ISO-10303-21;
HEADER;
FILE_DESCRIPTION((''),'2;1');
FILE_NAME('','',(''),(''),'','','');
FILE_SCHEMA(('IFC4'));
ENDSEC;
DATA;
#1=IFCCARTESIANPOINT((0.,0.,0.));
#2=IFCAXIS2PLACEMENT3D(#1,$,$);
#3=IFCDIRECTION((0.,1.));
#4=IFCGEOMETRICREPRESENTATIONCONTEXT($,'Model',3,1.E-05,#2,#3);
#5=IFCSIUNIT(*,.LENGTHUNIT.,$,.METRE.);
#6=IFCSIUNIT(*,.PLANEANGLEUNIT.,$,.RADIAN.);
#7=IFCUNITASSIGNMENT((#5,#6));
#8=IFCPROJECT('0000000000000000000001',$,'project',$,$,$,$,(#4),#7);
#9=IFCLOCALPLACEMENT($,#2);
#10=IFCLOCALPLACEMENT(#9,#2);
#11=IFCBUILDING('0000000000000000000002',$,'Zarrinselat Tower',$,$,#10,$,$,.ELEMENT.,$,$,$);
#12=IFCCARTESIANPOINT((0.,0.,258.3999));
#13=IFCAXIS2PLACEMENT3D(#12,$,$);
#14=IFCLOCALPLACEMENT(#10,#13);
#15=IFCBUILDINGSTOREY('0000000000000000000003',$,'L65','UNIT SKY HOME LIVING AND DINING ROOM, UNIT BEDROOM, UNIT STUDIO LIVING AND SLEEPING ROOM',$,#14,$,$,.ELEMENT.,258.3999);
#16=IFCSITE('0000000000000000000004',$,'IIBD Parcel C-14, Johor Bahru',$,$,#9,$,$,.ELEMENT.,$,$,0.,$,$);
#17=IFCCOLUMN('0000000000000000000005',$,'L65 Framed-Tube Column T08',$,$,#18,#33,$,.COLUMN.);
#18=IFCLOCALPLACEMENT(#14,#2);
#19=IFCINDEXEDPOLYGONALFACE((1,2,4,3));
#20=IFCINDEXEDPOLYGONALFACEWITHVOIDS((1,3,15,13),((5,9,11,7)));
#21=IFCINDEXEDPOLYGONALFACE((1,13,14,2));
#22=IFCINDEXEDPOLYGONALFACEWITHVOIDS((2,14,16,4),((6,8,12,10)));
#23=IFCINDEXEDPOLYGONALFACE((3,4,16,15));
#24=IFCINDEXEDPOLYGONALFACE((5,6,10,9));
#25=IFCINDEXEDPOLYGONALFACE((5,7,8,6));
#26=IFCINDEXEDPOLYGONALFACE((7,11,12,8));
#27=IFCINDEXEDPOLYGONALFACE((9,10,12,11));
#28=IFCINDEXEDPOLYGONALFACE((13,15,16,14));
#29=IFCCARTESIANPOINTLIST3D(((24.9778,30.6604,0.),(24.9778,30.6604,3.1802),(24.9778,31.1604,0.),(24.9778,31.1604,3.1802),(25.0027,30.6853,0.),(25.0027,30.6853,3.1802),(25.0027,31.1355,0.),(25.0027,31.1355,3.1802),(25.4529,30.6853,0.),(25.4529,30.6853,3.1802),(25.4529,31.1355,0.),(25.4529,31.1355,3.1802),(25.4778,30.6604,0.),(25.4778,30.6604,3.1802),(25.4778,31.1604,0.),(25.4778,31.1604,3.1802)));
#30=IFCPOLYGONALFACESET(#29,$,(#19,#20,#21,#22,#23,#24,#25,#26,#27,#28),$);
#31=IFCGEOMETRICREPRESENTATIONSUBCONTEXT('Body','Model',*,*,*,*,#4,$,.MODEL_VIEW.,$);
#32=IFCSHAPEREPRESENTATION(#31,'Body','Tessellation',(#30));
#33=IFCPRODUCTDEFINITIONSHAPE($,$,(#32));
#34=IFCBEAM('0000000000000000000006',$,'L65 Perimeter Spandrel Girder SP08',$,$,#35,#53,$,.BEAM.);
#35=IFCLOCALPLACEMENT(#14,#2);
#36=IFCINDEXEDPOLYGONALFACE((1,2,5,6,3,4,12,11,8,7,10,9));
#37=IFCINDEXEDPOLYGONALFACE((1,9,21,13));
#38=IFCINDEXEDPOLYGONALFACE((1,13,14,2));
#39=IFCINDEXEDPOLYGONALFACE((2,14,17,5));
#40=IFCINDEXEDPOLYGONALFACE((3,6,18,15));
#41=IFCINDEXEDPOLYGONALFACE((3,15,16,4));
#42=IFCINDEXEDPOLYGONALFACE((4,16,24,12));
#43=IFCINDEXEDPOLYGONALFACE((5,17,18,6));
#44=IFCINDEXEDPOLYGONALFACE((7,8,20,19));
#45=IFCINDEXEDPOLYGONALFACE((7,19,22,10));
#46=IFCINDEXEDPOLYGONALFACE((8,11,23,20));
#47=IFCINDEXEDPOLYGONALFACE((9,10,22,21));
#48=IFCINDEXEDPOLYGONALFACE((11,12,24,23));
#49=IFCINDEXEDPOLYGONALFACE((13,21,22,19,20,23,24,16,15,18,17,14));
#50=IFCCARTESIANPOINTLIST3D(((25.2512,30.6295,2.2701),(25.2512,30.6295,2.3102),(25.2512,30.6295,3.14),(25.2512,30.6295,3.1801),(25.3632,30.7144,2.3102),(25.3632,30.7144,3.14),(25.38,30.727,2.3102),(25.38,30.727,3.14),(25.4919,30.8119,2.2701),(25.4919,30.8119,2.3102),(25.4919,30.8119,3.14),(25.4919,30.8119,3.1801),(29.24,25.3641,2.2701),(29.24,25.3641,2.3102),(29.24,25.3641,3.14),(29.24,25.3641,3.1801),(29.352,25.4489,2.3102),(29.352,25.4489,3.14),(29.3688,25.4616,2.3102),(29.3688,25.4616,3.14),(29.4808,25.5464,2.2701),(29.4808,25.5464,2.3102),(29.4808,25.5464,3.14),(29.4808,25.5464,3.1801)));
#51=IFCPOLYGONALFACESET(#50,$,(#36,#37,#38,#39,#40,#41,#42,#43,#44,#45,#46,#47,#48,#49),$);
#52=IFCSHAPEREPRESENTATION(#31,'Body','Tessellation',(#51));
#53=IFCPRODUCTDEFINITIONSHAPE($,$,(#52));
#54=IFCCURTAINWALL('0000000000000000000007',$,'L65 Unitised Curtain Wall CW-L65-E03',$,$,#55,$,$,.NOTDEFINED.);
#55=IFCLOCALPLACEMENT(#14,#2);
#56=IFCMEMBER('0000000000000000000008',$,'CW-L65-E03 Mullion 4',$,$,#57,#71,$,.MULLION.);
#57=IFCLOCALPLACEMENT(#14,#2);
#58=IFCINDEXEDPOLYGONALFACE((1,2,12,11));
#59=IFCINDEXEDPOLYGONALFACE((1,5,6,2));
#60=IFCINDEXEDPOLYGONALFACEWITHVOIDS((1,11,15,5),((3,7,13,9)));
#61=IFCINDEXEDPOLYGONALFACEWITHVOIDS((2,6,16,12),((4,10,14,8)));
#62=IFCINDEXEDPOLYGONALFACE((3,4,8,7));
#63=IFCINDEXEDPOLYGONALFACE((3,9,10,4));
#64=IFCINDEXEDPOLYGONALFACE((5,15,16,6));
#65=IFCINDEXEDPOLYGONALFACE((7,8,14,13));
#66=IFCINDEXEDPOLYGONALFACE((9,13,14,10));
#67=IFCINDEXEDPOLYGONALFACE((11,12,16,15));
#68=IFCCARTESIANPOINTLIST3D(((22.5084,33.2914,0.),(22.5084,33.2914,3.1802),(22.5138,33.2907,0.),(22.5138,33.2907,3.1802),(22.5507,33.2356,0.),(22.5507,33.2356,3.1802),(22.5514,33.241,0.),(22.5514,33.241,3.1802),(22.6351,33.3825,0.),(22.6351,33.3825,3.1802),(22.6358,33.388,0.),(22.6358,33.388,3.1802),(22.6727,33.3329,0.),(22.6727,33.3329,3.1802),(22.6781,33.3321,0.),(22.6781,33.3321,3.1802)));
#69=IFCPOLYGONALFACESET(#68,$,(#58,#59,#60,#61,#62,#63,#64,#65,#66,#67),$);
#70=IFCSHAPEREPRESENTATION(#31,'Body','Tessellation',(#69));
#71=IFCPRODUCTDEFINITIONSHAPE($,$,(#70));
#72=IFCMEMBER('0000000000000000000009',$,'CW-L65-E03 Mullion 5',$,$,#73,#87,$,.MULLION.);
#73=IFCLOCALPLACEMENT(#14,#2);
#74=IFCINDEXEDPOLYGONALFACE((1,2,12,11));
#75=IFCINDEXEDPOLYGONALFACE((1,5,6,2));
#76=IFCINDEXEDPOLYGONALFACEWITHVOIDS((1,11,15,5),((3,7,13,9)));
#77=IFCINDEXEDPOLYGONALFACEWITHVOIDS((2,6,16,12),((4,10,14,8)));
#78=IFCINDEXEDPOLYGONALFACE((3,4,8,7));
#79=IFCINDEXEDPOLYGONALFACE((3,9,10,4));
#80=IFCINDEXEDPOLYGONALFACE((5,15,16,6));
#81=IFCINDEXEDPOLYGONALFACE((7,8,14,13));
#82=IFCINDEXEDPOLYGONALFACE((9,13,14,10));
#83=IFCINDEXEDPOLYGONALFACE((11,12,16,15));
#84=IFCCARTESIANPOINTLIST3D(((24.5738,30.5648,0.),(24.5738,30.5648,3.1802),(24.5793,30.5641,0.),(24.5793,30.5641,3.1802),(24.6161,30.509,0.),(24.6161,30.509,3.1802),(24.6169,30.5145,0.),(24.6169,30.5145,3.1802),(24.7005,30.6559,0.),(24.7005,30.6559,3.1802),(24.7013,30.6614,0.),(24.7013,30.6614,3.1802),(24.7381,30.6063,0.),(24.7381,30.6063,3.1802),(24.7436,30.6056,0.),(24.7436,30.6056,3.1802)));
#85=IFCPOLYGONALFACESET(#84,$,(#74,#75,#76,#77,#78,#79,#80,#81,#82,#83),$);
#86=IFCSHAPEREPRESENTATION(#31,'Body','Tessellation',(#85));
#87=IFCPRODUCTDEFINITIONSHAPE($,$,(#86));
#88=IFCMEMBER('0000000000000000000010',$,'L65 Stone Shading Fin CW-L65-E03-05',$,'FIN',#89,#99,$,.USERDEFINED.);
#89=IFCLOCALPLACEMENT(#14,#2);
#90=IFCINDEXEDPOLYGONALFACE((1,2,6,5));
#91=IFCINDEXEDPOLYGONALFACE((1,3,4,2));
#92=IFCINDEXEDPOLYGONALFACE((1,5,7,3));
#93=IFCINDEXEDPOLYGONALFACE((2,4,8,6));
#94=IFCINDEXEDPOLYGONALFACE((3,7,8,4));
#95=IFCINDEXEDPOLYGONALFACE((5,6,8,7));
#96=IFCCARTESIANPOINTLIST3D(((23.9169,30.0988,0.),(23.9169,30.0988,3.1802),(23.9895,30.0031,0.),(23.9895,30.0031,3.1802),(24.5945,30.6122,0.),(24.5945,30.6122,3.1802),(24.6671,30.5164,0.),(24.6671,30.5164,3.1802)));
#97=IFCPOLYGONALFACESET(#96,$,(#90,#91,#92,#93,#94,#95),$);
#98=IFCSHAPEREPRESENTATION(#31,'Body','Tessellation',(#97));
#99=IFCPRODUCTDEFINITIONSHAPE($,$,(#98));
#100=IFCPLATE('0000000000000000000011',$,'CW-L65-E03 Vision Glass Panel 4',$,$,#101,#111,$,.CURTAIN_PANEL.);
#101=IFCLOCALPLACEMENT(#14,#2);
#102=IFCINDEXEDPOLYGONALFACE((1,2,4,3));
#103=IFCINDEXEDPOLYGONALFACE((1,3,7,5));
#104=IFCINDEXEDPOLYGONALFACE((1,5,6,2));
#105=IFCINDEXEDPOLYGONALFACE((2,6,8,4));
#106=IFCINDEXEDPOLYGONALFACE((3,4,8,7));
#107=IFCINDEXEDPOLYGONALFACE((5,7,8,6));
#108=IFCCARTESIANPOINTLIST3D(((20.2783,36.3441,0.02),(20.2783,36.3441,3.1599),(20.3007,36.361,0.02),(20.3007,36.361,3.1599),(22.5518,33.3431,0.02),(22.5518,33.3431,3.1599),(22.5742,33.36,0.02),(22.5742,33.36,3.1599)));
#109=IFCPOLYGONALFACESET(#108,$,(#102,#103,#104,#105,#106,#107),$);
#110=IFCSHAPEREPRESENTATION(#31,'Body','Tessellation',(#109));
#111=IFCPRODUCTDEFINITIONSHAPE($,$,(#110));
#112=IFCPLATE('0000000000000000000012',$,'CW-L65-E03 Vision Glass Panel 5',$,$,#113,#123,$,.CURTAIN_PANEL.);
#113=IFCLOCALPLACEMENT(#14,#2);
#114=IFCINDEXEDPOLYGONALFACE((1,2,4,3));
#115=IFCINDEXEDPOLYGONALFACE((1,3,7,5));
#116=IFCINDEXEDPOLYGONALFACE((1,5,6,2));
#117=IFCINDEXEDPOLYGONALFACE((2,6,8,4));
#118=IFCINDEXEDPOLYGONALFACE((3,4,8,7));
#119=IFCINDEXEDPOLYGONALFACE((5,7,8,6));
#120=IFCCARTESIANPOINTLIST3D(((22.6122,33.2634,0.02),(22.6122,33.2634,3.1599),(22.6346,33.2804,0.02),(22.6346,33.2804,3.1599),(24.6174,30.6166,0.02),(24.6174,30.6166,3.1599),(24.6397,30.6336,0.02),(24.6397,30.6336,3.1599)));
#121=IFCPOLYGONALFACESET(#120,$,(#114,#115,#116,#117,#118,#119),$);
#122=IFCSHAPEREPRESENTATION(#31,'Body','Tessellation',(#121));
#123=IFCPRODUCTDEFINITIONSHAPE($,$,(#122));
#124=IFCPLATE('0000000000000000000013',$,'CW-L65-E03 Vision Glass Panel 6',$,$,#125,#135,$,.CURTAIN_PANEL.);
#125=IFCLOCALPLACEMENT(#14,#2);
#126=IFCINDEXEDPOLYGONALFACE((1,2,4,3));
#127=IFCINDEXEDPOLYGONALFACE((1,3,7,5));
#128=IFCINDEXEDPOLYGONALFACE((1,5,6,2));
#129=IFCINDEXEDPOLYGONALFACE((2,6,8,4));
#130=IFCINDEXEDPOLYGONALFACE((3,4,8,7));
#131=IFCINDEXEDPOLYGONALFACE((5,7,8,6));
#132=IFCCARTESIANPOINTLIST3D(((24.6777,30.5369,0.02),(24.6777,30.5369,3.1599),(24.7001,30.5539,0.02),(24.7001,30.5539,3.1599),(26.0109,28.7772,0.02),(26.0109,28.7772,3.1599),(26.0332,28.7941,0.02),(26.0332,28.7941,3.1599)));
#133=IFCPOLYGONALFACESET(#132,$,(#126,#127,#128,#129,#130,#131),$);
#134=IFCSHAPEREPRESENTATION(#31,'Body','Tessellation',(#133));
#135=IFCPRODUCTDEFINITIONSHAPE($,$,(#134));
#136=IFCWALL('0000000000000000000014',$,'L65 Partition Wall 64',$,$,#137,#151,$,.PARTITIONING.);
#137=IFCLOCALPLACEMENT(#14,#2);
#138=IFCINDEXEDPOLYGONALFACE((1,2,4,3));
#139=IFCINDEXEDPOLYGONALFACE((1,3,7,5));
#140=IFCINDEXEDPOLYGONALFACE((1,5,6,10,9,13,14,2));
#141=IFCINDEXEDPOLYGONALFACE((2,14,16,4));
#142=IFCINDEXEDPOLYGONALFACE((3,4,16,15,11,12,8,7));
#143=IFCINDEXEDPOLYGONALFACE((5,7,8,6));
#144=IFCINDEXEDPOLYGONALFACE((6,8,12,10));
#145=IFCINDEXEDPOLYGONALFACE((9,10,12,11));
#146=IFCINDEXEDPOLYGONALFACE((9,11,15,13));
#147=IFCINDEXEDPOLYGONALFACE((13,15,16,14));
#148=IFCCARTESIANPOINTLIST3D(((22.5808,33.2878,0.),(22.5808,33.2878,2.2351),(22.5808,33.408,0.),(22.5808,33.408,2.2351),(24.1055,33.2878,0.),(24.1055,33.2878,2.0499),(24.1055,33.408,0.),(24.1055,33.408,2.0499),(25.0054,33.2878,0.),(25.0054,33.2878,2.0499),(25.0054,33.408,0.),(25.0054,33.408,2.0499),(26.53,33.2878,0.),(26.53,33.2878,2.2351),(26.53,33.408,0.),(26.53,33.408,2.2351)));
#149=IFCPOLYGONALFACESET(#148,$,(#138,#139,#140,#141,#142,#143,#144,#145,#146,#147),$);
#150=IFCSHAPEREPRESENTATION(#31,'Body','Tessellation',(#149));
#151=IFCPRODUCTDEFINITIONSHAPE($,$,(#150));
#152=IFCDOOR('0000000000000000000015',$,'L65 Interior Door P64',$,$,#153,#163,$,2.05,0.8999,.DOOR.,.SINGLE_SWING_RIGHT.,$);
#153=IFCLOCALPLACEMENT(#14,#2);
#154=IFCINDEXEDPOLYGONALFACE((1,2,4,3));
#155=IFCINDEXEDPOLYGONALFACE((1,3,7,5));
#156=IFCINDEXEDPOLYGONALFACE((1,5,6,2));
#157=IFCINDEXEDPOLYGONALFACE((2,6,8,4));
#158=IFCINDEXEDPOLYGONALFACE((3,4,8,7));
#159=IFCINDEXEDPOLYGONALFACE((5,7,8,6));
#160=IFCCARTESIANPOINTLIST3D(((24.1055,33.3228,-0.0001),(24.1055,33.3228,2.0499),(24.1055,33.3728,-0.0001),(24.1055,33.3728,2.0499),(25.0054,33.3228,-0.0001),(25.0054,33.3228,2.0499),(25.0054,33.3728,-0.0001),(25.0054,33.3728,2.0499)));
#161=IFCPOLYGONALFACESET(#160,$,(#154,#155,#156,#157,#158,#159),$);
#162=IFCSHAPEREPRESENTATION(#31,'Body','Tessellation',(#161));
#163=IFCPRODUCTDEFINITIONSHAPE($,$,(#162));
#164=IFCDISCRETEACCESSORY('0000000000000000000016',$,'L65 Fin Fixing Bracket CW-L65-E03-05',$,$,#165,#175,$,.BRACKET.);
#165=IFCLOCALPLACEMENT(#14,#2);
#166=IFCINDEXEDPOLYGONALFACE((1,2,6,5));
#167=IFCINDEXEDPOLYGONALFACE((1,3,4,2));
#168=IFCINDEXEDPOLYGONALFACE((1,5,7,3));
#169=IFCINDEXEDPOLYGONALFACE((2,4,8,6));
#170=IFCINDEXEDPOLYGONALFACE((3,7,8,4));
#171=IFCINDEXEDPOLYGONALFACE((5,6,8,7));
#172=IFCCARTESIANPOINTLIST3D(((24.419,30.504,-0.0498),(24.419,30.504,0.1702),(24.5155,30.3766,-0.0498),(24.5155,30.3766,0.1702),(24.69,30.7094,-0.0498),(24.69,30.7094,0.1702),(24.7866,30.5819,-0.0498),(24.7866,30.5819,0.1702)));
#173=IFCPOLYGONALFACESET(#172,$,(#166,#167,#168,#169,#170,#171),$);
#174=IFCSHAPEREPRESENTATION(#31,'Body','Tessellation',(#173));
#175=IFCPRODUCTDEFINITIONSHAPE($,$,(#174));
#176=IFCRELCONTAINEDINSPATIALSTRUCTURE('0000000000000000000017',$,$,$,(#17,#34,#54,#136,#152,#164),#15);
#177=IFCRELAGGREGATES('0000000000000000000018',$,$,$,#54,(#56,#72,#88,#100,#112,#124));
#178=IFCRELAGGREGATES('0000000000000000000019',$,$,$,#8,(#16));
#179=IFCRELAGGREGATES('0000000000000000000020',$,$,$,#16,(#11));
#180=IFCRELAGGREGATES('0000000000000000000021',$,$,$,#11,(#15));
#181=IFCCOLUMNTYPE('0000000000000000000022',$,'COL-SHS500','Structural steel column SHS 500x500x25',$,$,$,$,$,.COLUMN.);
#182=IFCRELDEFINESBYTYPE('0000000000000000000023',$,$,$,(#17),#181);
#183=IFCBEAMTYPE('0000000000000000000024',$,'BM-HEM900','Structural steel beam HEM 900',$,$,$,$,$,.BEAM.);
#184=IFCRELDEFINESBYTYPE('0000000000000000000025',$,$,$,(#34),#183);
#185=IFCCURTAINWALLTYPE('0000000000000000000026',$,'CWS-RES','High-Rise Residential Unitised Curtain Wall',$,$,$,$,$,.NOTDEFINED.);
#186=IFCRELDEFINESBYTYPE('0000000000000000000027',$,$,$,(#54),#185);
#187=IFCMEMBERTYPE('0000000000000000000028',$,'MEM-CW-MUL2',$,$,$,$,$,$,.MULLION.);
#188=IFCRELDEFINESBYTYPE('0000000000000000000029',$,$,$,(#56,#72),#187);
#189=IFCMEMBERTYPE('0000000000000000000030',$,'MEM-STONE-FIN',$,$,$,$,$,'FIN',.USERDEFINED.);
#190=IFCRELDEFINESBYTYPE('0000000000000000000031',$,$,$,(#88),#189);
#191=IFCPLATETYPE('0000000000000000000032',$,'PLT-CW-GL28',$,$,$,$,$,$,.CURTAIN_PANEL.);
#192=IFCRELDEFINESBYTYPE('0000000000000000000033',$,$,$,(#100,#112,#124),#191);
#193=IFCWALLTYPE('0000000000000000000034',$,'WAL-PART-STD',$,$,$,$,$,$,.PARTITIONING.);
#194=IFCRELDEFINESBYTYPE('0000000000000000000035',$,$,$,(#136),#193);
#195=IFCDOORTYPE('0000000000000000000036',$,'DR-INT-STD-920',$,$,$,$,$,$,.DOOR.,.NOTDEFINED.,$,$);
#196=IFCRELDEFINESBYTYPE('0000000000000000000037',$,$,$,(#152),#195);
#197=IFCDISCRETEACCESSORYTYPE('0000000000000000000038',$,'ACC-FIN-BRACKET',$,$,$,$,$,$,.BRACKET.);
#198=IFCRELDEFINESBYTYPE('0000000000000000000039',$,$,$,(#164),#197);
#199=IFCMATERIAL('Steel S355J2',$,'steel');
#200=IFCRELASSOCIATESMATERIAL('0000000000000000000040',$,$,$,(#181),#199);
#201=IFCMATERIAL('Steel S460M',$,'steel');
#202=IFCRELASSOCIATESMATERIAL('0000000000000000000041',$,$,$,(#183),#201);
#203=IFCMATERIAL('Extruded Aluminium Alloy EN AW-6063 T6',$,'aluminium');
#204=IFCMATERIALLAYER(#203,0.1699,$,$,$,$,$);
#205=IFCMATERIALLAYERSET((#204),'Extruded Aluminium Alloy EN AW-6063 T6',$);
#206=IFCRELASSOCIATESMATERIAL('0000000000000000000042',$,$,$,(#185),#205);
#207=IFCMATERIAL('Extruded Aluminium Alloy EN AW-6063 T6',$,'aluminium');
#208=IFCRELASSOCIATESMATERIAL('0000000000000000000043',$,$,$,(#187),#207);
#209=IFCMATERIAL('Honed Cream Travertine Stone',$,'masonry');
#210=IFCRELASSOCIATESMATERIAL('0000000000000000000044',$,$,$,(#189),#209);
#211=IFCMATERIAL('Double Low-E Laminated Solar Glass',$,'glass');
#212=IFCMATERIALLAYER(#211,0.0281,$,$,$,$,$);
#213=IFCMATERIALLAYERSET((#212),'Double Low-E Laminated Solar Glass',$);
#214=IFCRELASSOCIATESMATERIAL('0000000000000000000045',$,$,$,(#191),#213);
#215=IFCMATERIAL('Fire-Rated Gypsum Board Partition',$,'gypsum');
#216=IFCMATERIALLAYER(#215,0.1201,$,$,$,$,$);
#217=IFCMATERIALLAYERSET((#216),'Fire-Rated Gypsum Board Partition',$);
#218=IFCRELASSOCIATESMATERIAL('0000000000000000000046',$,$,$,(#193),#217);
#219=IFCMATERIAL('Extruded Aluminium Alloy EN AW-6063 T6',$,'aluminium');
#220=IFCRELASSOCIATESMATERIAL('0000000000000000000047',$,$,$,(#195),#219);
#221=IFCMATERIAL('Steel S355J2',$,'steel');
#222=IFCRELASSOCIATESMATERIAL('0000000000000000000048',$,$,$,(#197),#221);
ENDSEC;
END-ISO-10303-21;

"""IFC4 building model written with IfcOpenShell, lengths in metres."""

from ifc_helpers import new_model, si_unit, direction, frame, frame_2d, origin, origin_2d, place, context, subcontext, project, spatial, rectangle, hollow_rectangle, i_section, extrude, material, layer, layer_set, material_profile, profile_set, type_object, element, fill, aggregate, save


model = new_model("IFC4")

# Units and contexts
model_context = context("Model", 3, precision=1e-05, world=origin(), true_north=direction((0.0, 1.0)))
body_context = subcontext(model_context, "Body", "Model", "MODEL_VIEW")
ifc_project = project(units=[si_unit("LENGTHUNIT", "METRE"), si_unit("PLANEANGLEUNIT", "RADIAN")], contexts=[model_context])

# Site, building, storey
site_placement = place(None, origin())
site = spatial("IfcSite", under=ifc_project, at=site_placement, Name="IIBD Parcel C-14, Johor Bahru", CompositionType="ELEMENT", RefElevation=0.0)
building_placement = place(site_placement, origin())
building = spatial("IfcBuilding", under=site, at=building_placement, Name="Zarrinselat Tower", CompositionType="ELEMENT")
storey_placement = place(building_placement, frame((0.0, 0.0, 258.3999)))
storey = spatial("IfcBuildingStorey", under=building, at=storey_placement, Name="L65", Description="UNIT SKY HOME LIVING AND DINING ROOM, UNIT BEDROOM, UNIT STUDIO LIVING AND SLEEPING ROOM", CompositionType="ELEMENT", Elevation=258.3999)

# Column
ifc_material_1 = material(Name="Steel S355J2", Category="steel")
ifc_material_profile_1 = material_profile(ifc_material_1, hollow_rectangle(XDim=0.5, YDim=0.5, WallThickness=0.0249, at=origin_2d()), Name="SHS 500x500x25")
ifc_profile_set_1 = profile_set([ifc_material_profile_1], Name="Steel S355J2")
column_type = type_object("IfcColumnType", Name="COL-SHS500", Description="Structural steel column SHS 500x500x25", PredefinedType="COLUMN", material=ifc_profile_set_1)
column_placement = place(storey_placement, frame((25.2278, 30.9104, 0.0), z_axis=(0.0, 0.0, 1.0), x_axis=(1.0, 0.0, 0.0)))
element("IfcColumn", 1, at=column_placement, inside=storey, type_object=column_type, Name="L65 Framed-Tube Column T08", PredefinedType="COLUMN", context=body_context, shape_type="SweptSolid", body=[
    extrude(hollow_rectangle(XDim=0.5, YDim=0.5, WallThickness=0.0249, at=origin_2d()), origin(), (0.0, 0.0, 1.0), 3.1802),
])

# Beam
ifc_material_2 = material(Name="Steel S460M", Category="steel")
ifc_material_profile_2 = material_profile(ifc_material_2, i_section(OverallWidth=0.302, OverallDepth=0.9099, WebThickness=0.021, FlangeThickness=0.04, at=origin_2d()), Name="HEM 900")
ifc_profile_set_2 = profile_set([ifc_material_profile_2], Name="Steel S460M")
beam_type = type_object("IfcBeamType", Name="BM-HEM900", Description="Structural steel beam HEM 900", PredefinedType="BEAM", material=ifc_profile_set_2)
beam_placement = place(storey_placement, frame((25.3716, 30.7207, 2.7251), z_axis=(0.603843, -0.797103, 0.0), x_axis=(0.797103, 0.603843, 0.0)))
element("IfcBeam", 2, at=beam_placement, inside=storey, type_object=beam_type, Name="L65 Perimeter Spandrel Girder SP08", PredefinedType="BEAM", context=body_context, shape_type="SweptSolid", body=[
    extrude(i_section(OverallWidth=0.302, OverallDepth=0.9099, WebThickness=0.021, FlangeThickness=0.04, at=origin_2d()), origin(), (0.0, 0.0, 1.0), 6.6057),
])

# Curtain wall, members, plates
ifc_material_3 = material(Name="Extruded Aluminium Alloy EN AW-6063 T6", Category="aluminium")
ifc_layer_1 = layer(ifc_material_3, 0.1699)
ifc_layer_set_1 = layer_set([ifc_layer_1], Name="Extruded Aluminium Alloy EN AW-6063 T6")
curtain_wall_type = type_object("IfcCurtainWallType", Name="CWS-RES", Description="High-Rise Residential Unitised Curtain Wall", PredefinedType="NOTDEFINED", material=ifc_layer_set_1)
curtain_wall_placement = place(storey_placement, origin())
curtain_wall = element("IfcCurtainWall", 3, at=curtain_wall_placement, inside=storey, type_object=curtain_wall_type, Name="L65 Unitised Curtain Wall CW-L65-E03", PredefinedType="NOTDEFINED")
ifc_material_4 = material(Name="Extruded Aluminium Alloy EN AW-6063 T6", Category="aluminium")
ifc_material_profile_3 = material_profile(ifc_material_4, hollow_rectangle(XDim=0.0701, YDim=0.1599, WallThickness=0.0039, at=origin_2d()), Name="RHS 160x70x4")
ifc_profile_set_3 = profile_set([ifc_material_profile_3], Name="Extruded Aluminium Alloy EN AW-6063 T6")
member_type_1 = type_object("IfcMemberType", Name="MEM-CW-MUL2", PredefinedType="MULLION", material=ifc_profile_set_3)
member_1_placement = place(storey_placement, frame((22.5933, 33.3118, 0.0), z_axis=(0.0, 0.0, 1.0), x_axis=(0.603858, -0.797092, 0.0)))
member_1 = element("IfcMember", 4, at=member_1_placement, type_object=member_type_1, Name="CW-L65-E03 Mullion 4", PredefinedType="MULLION", context=body_context, shape_type="SweptSolid", body=[
    extrude(hollow_rectangle(XDim=0.0701, YDim=0.1599, WallThickness=0.0039, at=origin_2d()), origin(), (0.0, 0.0, 1.0), 3.1802),
])
member_2_placement = place(storey_placement, frame((24.6587, 30.5852, 0.0), z_axis=(0.0, 0.0, 1.0), x_axis=(0.603858, -0.797092, 0.0)))
member_2 = element("IfcMember", 5, at=member_2_placement, type_object=member_type_1, Name="CW-L65-E03 Mullion 5", PredefinedType="MULLION", context=body_context, shape_type="SweptSolid", body=[
    extrude(hollow_rectangle(XDim=0.0701, YDim=0.1599, WallThickness=0.0039, at=origin_2d()), origin(), (0.0, 0.0, 1.0), 3.1802),
])
ifc_material_5 = material(Name="Honed Cream Travertine Stone", Category="masonry")
ifc_material_profile_4 = material_profile(ifc_material_5, rectangle(XDim=0.1201, YDim=0.8501, at=origin_2d()), Name="FIN 850x120")
ifc_profile_set_4 = profile_set([ifc_material_profile_4], Name="Honed Cream Travertine Stone")
member_type_2 = type_object("IfcMemberType", Name="MEM-STONE-FIN", ElementType="FIN", PredefinedType="USERDEFINED", material=ifc_profile_set_4)
member_3_placement = place(storey_placement, frame((24.292, 30.3076, 0.0), z_axis=(0.0, 0.0, 1.0), x_axis=(-0.603858, 0.797092, 0.0)))
member_3 = element("IfcMember", 6, at=member_3_placement, type_object=member_type_2, Name="L65 Stone Shading Fin CW-L65-E03-05", ObjectType="FIN", PredefinedType="USERDEFINED", context=body_context, shape_type="SweptSolid", body=[
    extrude(rectangle(XDim=0.1201, YDim=0.8501, at=origin_2d()), origin(), (0.0, 0.0, 1.0), 3.1802),
])
ifc_material_6 = material(Name="Double Low-E Laminated Solar Glass", Category="glass")
ifc_layer_2 = layer(ifc_material_6, 0.0281)
ifc_layer_set_2 = layer_set([ifc_layer_2], Name="Double Low-E Laminated Solar Glass")
plate_type = type_object("IfcPlateType", Name="PLT-CW-GL28", PredefinedType="CURTAIN_PANEL", material=ifc_layer_set_2)
plate_1_placement = place(storey_placement, frame((21.4263, 34.8521, 0.02), z_axis=(0.0, 0.0, 1.0), x_axis=(0.603858, -0.797092, 0.0)))
plate_1 = element("IfcPlate", 7, at=plate_1_placement, type_object=plate_type, Name="CW-L65-E03 Vision Glass Panel 4", PredefinedType="CURTAIN_PANEL", context=body_context, shape_type="SweptSolid", body=[
    extrude(rectangle(XDim=3.7649, YDim=0.0281, at=origin_2d()), origin(), (0.0, 0.0, 1.0), 3.1399),
])
plate_2_placement = place(storey_placement, frame((23.626, 31.9485, 0.02), z_axis=(0.0, 0.0, 1.0), x_axis=(0.603858, -0.797092, 0.0)))
plate_2 = element("IfcPlate", 8, at=plate_2_placement, type_object=plate_type, Name="CW-L65-E03 Vision Glass Panel 5", PredefinedType="CURTAIN_PANEL", context=body_context, shape_type="SweptSolid", body=[
    extrude(rectangle(XDim=3.3206, YDim=0.0281, at=origin_2d()), origin(), (0.0, 0.0, 1.0), 3.1399),
])
plate_3_placement = place(storey_placement, frame((25.3555, 29.6655, 0.02), z_axis=(0.0, 0.0, 1.0), x_axis=(0.603858, -0.797092, 0.0)))
plate_3 = element("IfcPlate", 9, at=plate_3_placement, type_object=plate_type, Name="CW-L65-E03 Vision Glass Panel 6", PredefinedType="CURTAIN_PANEL", context=body_context, shape_type="SweptSolid", body=[
    extrude(rectangle(XDim=2.2078, YDim=0.0281, at=origin_2d()), origin(), (0.0, 0.0, 1.0), 3.1399),
])
aggregate(curtain_wall, [member_1, member_2, member_3, plate_1, plate_2, plate_3])

# Wall, opening, door
ifc_material_7 = material(Name="Fire-Rated Gypsum Board Partition", Category="gypsum")
ifc_layer_3 = layer(ifc_material_7, 0.1201)
ifc_layer_set_3 = layer_set([ifc_layer_3], Name="Fire-Rated Gypsum Board Partition")
wall_type = type_object("IfcWallType", Name="WAL-PART-STD", PredefinedType="PARTITIONING", material=ifc_layer_set_3)
wall_placement = place(storey_placement, frame((22.5808, 33.3479, 0.0), z_axis=(0.0, 0.0, 1.0), x_axis=(1.0, 0.0, 0.0)))
wall = element("IfcWall", 10, at=wall_placement, inside=storey, type_object=wall_type, Name="L65 Partition Wall 64", PredefinedType="PARTITIONING", context=body_context, shape_type="SweptSolid", body=[
    extrude(rectangle(XDim=3.9492, YDim=0.1201, at=frame_2d((1.9746, 0.0))), origin(), (0.0, 0.0, 1.0), 2.2351),
])
opening_placement = place(wall_placement, frame((1.5247, 0.0, 0.0)))
opening = element("IfcOpeningElement", 11, at=opening_placement, cuts=wall, PredefinedType="OPENING", context=body_context, shape_type="SweptSolid", body=[
    extrude(rectangle(XDim=0.8999, YDim=2.05, at=frame_2d((0.45, 1.0249))), frame((0.0, 0.0701, 0.0), z_axis=(0.0, -1.0, 0.0), x_axis=(1.0, 0.0, 0.0)), (0.0, 0.0, 1.0), 0.1401),
])
ifc_material_8 = material(Name="Extruded Aluminium Alloy EN AW-6063 T6", Category="aluminium")
door_type = type_object("IfcDoorType", Name="DR-INT-STD-920", OperationType="NOTDEFINED", PredefinedType="DOOR", material=ifc_material_8)
door_placement = place(opening_placement, origin())
door = element("IfcDoor", 12, at=door_placement, inside=storey, type_object=door_type, Name="L65 Interior Door P64", OperationType="SINGLE_SWING_RIGHT", OverallHeight=2.05, OverallWidth=0.8999, PredefinedType="DOOR", context=body_context, shape_type="SweptSolid", body=[
    extrude(rectangle(XDim=0.8999, YDim=2.05, at=frame_2d((0.45, 1.0249))), frame((0.0, 0.0249, 0.0), z_axis=(0.0, -1.0, 0.0), x_axis=(1.0, 0.0, 0.0)), (0.0, 0.0, 1.0), 0.05),
])
fill(opening, door)

# Discrete accessory
ifc_material_9 = material(Name="Steel S355J2", Category="steel")
discrete_accessory_type = type_object("IfcDiscreteAccessoryType", Name="ACC-FIN-BRACKET", PredefinedType="BRACKET", material=ifc_material_9)
discrete_accessory_placement = place(storey_placement, frame((24.6028, 30.543, -0.0498), z_axis=(0.0, 0.0, 1.0), x_axis=(-0.797092, -0.603858, 0.0)))
element("IfcDiscreteAccessory", 13, at=discrete_accessory_placement, inside=storey, type_object=discrete_accessory_type, Name="L65 Fin Fixing Bracket CW-L65-E03-05", PredefinedType="BRACKET", context=body_context, shape_type="SweptSolid", body=[
    extrude(rectangle(XDim=0.3401, YDim=0.1599, at=origin_2d()), origin(), (0.0, 0.0, 1.0), 0.22),
])

save(model, "model.ifc")
